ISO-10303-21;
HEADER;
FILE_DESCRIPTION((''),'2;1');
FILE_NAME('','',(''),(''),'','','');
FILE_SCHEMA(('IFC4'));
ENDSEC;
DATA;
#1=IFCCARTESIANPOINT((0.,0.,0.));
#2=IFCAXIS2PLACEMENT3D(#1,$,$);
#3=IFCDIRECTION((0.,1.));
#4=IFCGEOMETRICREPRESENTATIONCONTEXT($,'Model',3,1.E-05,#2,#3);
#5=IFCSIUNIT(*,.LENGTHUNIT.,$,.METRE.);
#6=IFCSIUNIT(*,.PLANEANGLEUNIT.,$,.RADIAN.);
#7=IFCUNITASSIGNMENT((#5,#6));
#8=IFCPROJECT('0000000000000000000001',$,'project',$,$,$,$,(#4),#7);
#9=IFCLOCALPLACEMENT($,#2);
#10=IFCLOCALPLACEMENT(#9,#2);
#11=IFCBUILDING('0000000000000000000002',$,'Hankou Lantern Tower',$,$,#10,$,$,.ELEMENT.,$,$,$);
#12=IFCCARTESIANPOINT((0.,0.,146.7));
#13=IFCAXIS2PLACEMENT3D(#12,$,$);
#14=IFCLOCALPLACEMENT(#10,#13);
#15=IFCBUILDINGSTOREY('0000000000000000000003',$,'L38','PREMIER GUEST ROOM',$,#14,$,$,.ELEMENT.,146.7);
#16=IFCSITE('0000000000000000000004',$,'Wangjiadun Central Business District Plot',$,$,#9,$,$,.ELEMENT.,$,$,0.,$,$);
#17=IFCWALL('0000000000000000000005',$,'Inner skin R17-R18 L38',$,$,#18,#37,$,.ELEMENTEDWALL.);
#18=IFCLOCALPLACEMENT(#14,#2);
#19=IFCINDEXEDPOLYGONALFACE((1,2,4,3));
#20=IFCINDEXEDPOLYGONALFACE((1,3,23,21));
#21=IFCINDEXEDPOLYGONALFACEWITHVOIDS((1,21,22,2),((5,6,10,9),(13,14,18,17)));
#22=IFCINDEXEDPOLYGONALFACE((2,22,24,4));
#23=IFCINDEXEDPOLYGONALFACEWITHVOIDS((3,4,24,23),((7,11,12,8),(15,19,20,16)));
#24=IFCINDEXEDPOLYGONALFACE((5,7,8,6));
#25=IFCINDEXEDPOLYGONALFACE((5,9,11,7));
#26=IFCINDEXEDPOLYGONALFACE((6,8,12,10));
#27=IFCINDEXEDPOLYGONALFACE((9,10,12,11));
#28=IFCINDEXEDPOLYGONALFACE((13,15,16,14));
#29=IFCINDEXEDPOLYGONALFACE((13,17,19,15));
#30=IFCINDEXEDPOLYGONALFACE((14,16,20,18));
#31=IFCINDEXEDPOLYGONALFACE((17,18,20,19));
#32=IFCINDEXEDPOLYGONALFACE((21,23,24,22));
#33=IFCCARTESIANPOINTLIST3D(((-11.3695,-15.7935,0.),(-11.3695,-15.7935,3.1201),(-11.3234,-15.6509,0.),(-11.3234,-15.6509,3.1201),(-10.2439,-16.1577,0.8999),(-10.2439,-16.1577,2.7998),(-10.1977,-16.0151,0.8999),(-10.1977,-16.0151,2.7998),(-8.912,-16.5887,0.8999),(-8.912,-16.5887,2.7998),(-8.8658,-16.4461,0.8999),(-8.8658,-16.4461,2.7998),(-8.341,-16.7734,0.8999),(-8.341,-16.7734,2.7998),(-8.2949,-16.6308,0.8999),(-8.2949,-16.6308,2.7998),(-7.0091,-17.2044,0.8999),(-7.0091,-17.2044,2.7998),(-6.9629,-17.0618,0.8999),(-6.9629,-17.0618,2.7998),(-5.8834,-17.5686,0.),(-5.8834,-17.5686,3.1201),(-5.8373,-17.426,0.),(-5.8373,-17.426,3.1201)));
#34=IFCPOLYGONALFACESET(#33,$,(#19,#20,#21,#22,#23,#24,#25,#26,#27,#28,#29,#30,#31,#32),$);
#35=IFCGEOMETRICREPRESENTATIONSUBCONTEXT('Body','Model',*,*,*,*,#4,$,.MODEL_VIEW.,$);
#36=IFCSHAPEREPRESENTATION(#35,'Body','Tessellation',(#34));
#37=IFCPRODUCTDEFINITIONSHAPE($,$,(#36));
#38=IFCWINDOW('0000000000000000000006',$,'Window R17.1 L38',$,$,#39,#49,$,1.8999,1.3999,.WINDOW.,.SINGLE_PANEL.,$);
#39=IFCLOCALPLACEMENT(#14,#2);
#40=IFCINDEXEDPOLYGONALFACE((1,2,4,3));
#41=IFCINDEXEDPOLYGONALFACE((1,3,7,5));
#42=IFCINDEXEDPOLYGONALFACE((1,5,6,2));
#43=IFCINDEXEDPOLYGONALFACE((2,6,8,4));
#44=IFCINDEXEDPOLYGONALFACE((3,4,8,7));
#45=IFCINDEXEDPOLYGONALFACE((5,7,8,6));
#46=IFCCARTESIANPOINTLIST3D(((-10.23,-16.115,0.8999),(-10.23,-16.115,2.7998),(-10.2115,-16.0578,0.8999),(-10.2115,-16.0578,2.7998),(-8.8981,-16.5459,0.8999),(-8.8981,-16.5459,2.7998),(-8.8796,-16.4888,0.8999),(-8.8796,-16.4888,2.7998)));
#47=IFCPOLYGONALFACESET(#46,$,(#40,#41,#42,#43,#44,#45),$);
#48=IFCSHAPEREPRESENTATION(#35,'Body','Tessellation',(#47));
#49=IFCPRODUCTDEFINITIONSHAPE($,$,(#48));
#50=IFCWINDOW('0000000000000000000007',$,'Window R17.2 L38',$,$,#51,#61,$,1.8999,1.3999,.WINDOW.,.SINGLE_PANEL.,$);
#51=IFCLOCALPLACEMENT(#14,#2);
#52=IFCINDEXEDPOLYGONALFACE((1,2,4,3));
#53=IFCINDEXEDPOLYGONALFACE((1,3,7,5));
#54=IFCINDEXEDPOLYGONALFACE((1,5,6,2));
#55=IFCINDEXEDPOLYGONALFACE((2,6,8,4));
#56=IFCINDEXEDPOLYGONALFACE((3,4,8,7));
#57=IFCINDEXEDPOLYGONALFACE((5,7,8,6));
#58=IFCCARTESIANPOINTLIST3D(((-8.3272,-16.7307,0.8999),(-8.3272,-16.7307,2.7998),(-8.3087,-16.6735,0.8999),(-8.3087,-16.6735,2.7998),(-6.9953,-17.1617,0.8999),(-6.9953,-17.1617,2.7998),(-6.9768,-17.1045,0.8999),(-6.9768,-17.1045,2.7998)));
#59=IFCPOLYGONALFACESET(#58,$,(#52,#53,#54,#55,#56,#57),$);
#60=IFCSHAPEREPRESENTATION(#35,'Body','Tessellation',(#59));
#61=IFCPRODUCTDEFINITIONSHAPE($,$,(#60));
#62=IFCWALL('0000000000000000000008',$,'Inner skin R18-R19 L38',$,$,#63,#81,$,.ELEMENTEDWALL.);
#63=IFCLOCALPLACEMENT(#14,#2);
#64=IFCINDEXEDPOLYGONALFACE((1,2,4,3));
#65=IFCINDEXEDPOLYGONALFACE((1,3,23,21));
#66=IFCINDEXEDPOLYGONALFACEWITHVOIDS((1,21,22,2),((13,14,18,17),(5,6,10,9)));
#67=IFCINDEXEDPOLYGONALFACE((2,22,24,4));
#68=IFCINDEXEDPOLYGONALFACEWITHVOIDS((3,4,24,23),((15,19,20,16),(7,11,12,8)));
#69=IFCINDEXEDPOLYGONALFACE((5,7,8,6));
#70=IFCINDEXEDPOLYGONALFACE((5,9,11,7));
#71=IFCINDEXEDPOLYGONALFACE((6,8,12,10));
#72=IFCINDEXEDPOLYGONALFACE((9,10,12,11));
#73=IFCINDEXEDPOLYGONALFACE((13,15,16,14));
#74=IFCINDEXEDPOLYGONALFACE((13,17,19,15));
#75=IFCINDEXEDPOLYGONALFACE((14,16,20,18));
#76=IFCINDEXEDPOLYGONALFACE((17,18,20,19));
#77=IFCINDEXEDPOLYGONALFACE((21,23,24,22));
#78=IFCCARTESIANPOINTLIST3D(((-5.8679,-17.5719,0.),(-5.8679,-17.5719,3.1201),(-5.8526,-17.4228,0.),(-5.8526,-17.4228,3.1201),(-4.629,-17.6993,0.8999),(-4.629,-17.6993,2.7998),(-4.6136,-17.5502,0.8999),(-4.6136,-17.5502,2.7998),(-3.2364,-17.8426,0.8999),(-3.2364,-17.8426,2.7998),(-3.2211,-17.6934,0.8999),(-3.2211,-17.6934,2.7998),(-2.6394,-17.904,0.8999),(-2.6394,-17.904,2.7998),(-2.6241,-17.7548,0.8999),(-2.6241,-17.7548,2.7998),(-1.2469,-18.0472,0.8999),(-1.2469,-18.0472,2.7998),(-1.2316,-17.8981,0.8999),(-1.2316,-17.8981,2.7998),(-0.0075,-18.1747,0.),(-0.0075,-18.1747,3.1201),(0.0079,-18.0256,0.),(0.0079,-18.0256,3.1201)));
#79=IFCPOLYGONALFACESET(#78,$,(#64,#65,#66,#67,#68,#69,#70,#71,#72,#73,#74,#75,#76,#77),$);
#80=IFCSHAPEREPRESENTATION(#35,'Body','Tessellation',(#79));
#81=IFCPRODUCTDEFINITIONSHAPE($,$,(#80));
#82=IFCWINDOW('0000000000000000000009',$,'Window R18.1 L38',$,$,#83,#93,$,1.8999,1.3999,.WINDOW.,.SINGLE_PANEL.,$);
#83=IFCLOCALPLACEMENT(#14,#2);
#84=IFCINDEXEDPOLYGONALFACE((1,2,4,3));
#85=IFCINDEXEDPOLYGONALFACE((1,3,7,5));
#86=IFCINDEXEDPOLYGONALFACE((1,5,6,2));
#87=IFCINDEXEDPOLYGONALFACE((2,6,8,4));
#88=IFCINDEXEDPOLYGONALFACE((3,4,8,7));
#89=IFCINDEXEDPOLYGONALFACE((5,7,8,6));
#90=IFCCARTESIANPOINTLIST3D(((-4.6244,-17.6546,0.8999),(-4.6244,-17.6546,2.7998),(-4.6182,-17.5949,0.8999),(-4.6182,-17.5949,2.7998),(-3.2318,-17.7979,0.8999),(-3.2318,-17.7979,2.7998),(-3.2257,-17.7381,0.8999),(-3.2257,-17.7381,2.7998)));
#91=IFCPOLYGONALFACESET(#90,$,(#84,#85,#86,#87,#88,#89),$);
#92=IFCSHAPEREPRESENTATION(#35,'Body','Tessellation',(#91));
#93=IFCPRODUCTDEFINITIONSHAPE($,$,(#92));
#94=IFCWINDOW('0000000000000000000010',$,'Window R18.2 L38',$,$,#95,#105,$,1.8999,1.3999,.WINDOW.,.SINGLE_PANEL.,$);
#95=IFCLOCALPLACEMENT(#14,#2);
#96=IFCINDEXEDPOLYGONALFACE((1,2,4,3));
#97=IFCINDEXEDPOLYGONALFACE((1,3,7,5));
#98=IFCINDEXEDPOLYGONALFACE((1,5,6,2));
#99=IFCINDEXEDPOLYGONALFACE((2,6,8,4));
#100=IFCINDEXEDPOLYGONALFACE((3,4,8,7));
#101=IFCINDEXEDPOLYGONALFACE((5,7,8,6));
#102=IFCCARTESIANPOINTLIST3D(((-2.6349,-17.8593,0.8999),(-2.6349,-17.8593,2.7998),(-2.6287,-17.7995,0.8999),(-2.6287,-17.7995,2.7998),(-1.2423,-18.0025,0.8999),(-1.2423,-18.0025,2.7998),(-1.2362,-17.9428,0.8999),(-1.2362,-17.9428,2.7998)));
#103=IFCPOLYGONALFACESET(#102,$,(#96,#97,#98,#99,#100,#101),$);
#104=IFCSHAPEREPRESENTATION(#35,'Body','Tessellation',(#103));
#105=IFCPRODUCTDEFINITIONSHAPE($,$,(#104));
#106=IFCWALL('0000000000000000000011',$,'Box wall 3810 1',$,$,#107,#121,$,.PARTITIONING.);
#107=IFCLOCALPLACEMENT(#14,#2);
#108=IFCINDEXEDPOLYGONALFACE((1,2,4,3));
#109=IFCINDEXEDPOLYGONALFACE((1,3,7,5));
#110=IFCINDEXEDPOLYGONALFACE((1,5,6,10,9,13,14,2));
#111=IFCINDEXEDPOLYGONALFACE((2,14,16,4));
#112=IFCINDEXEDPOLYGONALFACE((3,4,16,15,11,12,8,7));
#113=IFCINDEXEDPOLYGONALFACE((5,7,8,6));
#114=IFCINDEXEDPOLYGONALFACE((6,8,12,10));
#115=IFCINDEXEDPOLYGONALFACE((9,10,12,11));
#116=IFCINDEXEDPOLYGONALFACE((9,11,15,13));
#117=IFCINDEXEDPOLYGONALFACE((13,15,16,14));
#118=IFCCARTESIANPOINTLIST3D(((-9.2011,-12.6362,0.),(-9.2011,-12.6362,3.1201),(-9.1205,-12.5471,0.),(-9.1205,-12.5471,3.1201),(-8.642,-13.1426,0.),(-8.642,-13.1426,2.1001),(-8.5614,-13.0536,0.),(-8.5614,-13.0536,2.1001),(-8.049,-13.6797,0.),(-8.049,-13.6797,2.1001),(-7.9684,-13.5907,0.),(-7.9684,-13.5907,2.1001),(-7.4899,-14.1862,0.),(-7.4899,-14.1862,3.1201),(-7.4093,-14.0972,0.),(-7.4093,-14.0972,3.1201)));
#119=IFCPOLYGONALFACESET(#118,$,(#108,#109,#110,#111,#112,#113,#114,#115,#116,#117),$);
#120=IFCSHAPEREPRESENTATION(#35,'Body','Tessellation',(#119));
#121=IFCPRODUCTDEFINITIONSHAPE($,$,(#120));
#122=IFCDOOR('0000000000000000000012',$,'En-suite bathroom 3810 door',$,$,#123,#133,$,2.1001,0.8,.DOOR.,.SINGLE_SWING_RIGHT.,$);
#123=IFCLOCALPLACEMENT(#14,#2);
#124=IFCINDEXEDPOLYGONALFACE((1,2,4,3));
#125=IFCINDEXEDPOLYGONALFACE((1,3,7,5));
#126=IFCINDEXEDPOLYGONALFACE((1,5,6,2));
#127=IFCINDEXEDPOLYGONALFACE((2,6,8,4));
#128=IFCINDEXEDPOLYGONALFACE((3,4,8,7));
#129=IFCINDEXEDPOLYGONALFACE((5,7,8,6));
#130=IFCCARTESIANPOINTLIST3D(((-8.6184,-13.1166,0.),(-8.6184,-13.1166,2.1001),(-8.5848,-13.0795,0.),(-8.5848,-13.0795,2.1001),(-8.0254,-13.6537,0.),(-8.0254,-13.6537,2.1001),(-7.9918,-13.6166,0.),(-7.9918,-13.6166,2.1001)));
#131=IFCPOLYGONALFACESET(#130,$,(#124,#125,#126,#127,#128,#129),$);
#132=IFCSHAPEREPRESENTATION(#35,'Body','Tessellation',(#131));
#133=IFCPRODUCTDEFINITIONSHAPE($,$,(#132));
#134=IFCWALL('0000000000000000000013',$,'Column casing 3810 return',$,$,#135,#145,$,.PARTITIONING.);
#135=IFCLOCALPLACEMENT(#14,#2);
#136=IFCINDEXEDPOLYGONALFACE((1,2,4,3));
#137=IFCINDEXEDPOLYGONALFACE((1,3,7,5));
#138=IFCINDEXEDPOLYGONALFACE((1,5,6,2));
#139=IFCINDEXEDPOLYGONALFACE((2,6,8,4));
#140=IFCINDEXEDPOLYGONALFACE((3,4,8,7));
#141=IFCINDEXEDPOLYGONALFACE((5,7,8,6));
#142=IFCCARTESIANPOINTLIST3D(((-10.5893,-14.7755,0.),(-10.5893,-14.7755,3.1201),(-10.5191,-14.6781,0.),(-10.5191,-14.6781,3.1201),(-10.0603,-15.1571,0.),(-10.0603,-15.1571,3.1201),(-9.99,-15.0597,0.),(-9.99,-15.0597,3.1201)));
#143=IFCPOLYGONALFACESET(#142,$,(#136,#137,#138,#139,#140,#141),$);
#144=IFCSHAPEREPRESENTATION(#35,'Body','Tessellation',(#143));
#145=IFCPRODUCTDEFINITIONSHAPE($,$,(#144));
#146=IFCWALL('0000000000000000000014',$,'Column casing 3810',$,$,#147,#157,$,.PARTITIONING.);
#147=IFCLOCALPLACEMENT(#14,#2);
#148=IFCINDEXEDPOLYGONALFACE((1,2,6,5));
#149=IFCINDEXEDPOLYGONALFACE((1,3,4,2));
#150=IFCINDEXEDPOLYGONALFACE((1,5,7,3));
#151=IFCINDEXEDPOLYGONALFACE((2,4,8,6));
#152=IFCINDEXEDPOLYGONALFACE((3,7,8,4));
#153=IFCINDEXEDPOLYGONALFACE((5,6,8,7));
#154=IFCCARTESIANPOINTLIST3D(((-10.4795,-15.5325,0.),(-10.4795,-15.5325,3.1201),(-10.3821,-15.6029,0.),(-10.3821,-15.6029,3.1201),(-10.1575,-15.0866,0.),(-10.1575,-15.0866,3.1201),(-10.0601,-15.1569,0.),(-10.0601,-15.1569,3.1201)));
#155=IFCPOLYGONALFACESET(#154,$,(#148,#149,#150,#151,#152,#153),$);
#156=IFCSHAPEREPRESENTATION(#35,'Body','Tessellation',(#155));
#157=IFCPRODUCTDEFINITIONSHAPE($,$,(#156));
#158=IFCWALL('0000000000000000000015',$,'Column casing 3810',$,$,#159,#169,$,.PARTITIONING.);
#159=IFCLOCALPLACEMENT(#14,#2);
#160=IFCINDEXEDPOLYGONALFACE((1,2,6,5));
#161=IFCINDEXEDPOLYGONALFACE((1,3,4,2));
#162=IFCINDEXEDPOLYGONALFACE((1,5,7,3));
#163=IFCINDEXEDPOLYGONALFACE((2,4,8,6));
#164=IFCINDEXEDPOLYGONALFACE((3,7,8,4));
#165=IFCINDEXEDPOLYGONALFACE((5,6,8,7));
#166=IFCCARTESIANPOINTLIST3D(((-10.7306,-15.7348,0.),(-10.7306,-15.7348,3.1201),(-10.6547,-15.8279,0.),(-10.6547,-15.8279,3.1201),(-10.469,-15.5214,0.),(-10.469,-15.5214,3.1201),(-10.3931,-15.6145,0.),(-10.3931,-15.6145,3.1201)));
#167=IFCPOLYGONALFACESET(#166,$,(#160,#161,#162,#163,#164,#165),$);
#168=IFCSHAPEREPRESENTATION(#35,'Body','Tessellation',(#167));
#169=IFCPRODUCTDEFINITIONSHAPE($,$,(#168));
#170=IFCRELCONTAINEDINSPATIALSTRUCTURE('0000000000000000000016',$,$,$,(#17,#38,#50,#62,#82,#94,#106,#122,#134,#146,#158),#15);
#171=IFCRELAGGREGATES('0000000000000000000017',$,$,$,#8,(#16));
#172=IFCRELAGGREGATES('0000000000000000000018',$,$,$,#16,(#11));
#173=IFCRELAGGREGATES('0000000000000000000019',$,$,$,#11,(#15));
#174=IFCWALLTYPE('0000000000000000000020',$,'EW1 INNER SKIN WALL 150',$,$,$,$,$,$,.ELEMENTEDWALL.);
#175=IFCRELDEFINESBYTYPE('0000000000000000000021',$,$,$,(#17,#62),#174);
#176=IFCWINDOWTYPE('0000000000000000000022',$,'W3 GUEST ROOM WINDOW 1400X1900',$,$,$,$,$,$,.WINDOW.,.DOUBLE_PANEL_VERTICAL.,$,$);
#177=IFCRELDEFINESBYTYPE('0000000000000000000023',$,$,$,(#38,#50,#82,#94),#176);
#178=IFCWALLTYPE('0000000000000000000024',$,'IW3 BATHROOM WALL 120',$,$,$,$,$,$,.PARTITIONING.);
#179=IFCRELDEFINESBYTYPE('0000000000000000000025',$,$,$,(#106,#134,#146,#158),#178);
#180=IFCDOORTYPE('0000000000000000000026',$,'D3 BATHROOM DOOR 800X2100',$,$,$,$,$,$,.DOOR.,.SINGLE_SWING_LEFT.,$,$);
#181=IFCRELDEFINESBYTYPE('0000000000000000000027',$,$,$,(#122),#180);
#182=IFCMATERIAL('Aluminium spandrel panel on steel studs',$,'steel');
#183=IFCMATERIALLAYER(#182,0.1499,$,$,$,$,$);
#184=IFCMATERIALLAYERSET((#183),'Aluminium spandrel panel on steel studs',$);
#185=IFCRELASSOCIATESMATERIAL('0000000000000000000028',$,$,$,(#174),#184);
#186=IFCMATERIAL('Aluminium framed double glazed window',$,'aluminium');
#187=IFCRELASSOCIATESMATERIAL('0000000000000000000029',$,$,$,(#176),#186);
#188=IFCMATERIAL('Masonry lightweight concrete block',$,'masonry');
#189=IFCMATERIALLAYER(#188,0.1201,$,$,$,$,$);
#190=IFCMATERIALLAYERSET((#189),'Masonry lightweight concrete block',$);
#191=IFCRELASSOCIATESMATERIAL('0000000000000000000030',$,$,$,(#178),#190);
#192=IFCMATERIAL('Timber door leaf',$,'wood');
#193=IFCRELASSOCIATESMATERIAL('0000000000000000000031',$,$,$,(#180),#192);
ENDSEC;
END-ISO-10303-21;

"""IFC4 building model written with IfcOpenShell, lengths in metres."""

from ifc_helpers import new_model, si_unit, direction, frame, frame_2d, origin, place, context, subcontext, project, spatial, rectangle, extrude, material, layer, layer_set, type_object, element, fill, save


model = new_model("IFC4")

# Units and contexts
model_context = context("Model", 3, precision=1e-05, world=origin(), true_north=direction((0.0, 1.0)))
body_context = subcontext(model_context, "Body", "Model", "MODEL_VIEW")
ifc_project = project(units=[si_unit("LENGTHUNIT", "METRE"), si_unit("PLANEANGLEUNIT", "RADIAN")], contexts=[model_context])

# Site, building, storey
site_placement = place(None, origin())
site = spatial("IfcSite", under=ifc_project, at=site_placement, Name="Wangjiadun Central Business District Plot", CompositionType="ELEMENT", RefElevation=0.0)
building_placement = place(site_placement, origin())
building = spatial("IfcBuilding", under=site, at=building_placement, Name="Hankou Lantern Tower", CompositionType="ELEMENT")
storey_placement = place(building_placement, frame((0.0, 0.0, 146.7)))
storey = spatial("IfcBuildingStorey", under=building, at=storey_placement, Name="L38", Description="PREMIER GUEST ROOM", CompositionType="ELEMENT", Elevation=146.7)

# Walls, openings, windows
ifc_material_1 = material(Name="Aluminium spandrel panel on steel studs", Category="steel")
ifc_layer_1 = layer(ifc_material_1, 0.1499)
ifc_layer_set_1 = layer_set([ifc_layer_1], Name="Aluminium spandrel panel on steel studs")
wall_type_1 = type_object("IfcWallType", Name="EW1 INNER SKIN WALL 150", PredefinedType="ELEMENTEDWALL", material=ifc_layer_set_1)
wall_1_placement = place(storey_placement, frame((-11.3464, -15.7222, 0.0), z_axis=(0.0, 0.0, 1.0), x_axis=(0.951432, -0.307857, 0.0)))
wall_1 = element("IfcWall", 1, at=wall_1_placement, inside=storey, type_object=wall_type_1, Name="Inner skin R17-R18 L38", PredefinedType="ELEMENTEDWALL", context=body_context, shape_type="SweptSolid", body=[
    extrude(rectangle(XDim=5.7661, YDim=0.1499, at=frame_2d((2.8831, 0.0))), origin(), (0.0, 0.0, 1.0), 3.1201),
])
opening_1_placement = place(wall_1_placement, frame((1.1831, 0.0, 0.8999)))
opening_1 = element("IfcOpeningElement", 2, at=opening_1_placement, cuts=wall_1, PredefinedType="OPENING", context=body_context, shape_type="SweptSolid", body=[
    extrude(rectangle(XDim=1.3999, YDim=1.8999, at=frame_2d((0.7, 0.95))), frame((0.0, 0.085, 0.0), z_axis=(0.0, -1.0, 0.0), x_axis=(1.0, 0.0, 0.0)), (0.0, 0.0, 1.0), 0.1699),
])
opening_2_placement = place(wall_1_placement, frame((3.1831, 0.0, 0.8999)))
opening_2 = element("IfcOpeningElement", 3, at=opening_2_placement, cuts=wall_1, PredefinedType="OPENING", context=body_context, shape_type="SweptSolid", body=[
    extrude(rectangle(XDim=1.3999, YDim=1.8999, at=frame_2d((0.7, 0.95))), frame((0.0, 0.085, 0.0), z_axis=(0.0, -1.0, 0.0), x_axis=(1.0, 0.0, 0.0)), (0.0, 0.0, 1.0), 0.1699),
])
ifc_material_2 = material(Name="Aluminium framed double glazed window", Category="aluminium")
window_type = type_object("IfcWindowType", Name="W3 GUEST ROOM WINDOW 1400X1900", PartitioningType="DOUBLE_PANEL_VERTICAL", PredefinedType="WINDOW", material=ifc_material_2)
window_1_placement = place(opening_1_placement, origin())
window_1 = element("IfcWindow", 4, at=window_1_placement, inside=storey, type_object=window_type, Name="Window R17.1 L38", OverallHeight=1.8999, OverallWidth=1.3999, PartitioningType="SINGLE_PANEL", PredefinedType="WINDOW", context=body_context, shape_type="SweptSolid", body=[
    extrude(rectangle(XDim=1.3999, YDim=1.8999, at=frame_2d((0.7, 0.95))), frame((0.0, 0.03, 0.0), z_axis=(0.0, -1.0, 0.0), x_axis=(1.0, 0.0, 0.0)), (0.0, 0.0, 1.0), 0.0601),
])
fill(opening_1, window_1)
window_2_placement = place(opening_2_placement, origin())
window_2 = element("IfcWindow", 5, at=window_2_placement, inside=storey, type_object=window_type, Name="Window R17.2 L38", OverallHeight=1.8999, OverallWidth=1.3999, PartitioningType="SINGLE_PANEL", PredefinedType="WINDOW", context=body_context, shape_type="SweptSolid", body=[
    extrude(rectangle(XDim=1.3999, YDim=1.8999, at=frame_2d((0.7, 0.95))), frame((0.0, 0.03, 0.0), z_axis=(0.0, -1.0, 0.0), x_axis=(1.0, 0.0, 0.0)), (0.0, 0.0, 1.0), 0.0601),
])
fill(opening_2, window_2)
wall_2_placement = place(storey_placement, frame((-5.8604, -17.4973, 0.0), z_axis=(0.0, 0.0, 1.0), x_axis=(0.994752, -0.102318, 0.0)))
wall_2 = element("IfcWall", 6, at=wall_2_placement, inside=storey, type_object=wall_type_1, Name="Inner skin R18-R19 L38", PredefinedType="ELEMENTEDWALL", context=body_context, shape_type="SweptSolid", body=[
    extrude(rectangle(XDim=5.8914, YDim=0.1499, at=frame_2d((2.9458, 0.0))), origin(), (0.0, 0.0, 1.0), 3.1201),
])
opening_3_placement = place(wall_2_placement, frame((1.2456, 0.0, 0.8999)))
opening_3 = element("IfcOpeningElement", 7, at=opening_3_placement, cuts=wall_2, PredefinedType="OPENING", context=body_context, shape_type="SweptSolid", body=[
    extrude(rectangle(XDim=1.3999, YDim=1.8999, at=frame_2d((0.7, 0.95))), frame((0.0, 0.085, 0.0), z_axis=(0.0, -1.0, 0.0), x_axis=(1.0, 0.0, 0.0)), (0.0, 0.0, 1.0), 0.1699),
])
opening_4_placement = place(wall_2_placement, frame((3.2456, 0.0, 0.8999)))
opening_4 = element("IfcOpeningElement", 8, at=opening_4_placement, cuts=wall_2, PredefinedType="OPENING", context=body_context, shape_type="SweptSolid", body=[
    extrude(rectangle(XDim=1.3999, YDim=1.8999, at=frame_2d((0.7, 0.95))), frame((0.0, 0.085, 0.0), z_axis=(0.0, -1.0, 0.0), x_axis=(1.0, 0.0, 0.0)), (0.0, 0.0, 1.0), 0.1699),
])
window_3_placement = place(opening_3_placement, origin())
window_3 = element("IfcWindow", 9, at=window_3_placement, inside=storey, type_object=window_type, Name="Window R18.1 L38", OverallHeight=1.8999, OverallWidth=1.3999, PartitioningType="SINGLE_PANEL", PredefinedType="WINDOW", context=body_context, shape_type="SweptSolid", body=[
    extrude(rectangle(XDim=1.3999, YDim=1.8999, at=frame_2d((0.7, 0.95))), frame((0.0, 0.03, 0.0), z_axis=(0.0, -1.0, 0.0), x_axis=(1.0, 0.0, 0.0)), (0.0, 0.0, 1.0), 0.0601),
])
fill(opening_3, window_3)
window_4_placement = place(opening_4_placement, origin())
window_4 = element("IfcWindow", 10, at=window_4_placement, inside=storey, type_object=window_type, Name="Window R18.2 L38", OverallHeight=1.8999, OverallWidth=1.3999, PartitioningType="SINGLE_PANEL", PredefinedType="WINDOW", context=body_context, shape_type="SweptSolid", body=[
    extrude(rectangle(XDim=1.3999, YDim=1.8999, at=frame_2d((0.7, 0.95))), frame((0.0, 0.03, 0.0), z_axis=(0.0, -1.0, 0.0), x_axis=(1.0, 0.0, 0.0)), (0.0, 0.0, 1.0), 0.0601),
])
fill(opening_4, window_4)

# Wall, opening, door
ifc_material_3 = material(Name="Masonry lightweight concrete block", Category="masonry")
ifc_layer_2 = layer(ifc_material_3, 0.1201)
ifc_layer_set_2 = layer_set([ifc_layer_2], Name="Masonry lightweight concrete block")
wall_type_2 = type_object("IfcWallType", Name="IW3 BATHROOM WALL 120", PredefinedType="PARTITIONING", material=ifc_layer_set_2)
wall_3_placement = place(storey_placement, frame((-7.4497, -14.1416, 0.0), z_axis=(0.0, 0.0, 1.0), x_axis=(-0.74114, 0.671351, 0.0)))
wall_3 = element("IfcWall", 11, at=wall_3_placement, inside=storey, type_object=wall_type_2, Name="Box wall 3810 1", PredefinedType="PARTITIONING", context=body_context, shape_type="SweptSolid", body=[
    extrude(rectangle(XDim=2.3088, YDim=0.1201, at=frame_2d((1.1543, 0.0))), origin(), (0.0, 0.0, 1.0), 3.1201),
])
opening_5_placement = place(wall_3_placement, frame((0.7544, 0.0, 0.0)))
opening_5 = element("IfcOpeningElement", 12, at=opening_5_placement, cuts=wall_3, PredefinedType="OPENING", context=body_context, shape_type="SweptSolid", body=[
    extrude(rectangle(XDim=0.8, YDim=2.1001, at=frame_2d((0.3999, 1.05))), frame((0.0, 0.0701, 0.0), z_axis=(0.0, -1.0, 0.0), x_axis=(1.0, 0.0, 0.0)), (0.0, 0.0, 1.0), 0.1401),
])
ifc_material_4 = material(Name="Timber door leaf", Category="wood")
door_type = type_object("IfcDoorType", Name="D3 BATHROOM DOOR 800X2100", OperationType="SINGLE_SWING_LEFT", PredefinedType="DOOR", material=ifc_material_4)
door_1_placement = place(opening_5_placement, origin())
door_1 = element("IfcDoor", 13, at=door_1_placement, inside=storey, type_object=door_type, Name="En-suite bathroom 3810 door", OperationType="SINGLE_SWING_RIGHT", OverallHeight=2.1001, OverallWidth=0.8, PredefinedType="DOOR", context=body_context, shape_type="SweptSolid", body=[
    extrude(rectangle(XDim=0.8, YDim=2.1001, at=frame_2d((0.3999, 1.05))), frame((0.0, 0.0249, 0.0), z_axis=(0.0, -1.0, 0.0), x_axis=(1.0, 0.0, 0.0)), (0.0, 0.0, 1.0), 0.05),
])
fill(opening_5, door_1)

# Walls
wall_4_placement = place(storey_placement, frame((-10.5542, -14.7268, 0.0), z_axis=(0.0, 0.0, 1.0), x_axis=(0.811044, -0.584985, 0.0)))
element("IfcWall", 14, at=wall_4_placement, inside=storey, type_object=wall_type_2, Name="Column casing 3810 return", PredefinedType="PARTITIONING", context=body_context, shape_type="SweptSolid", body=[
    extrude(rectangle(XDim=0.6523, YDim=0.1201, at=frame_2d((0.3262, 0.0))), origin(), (0.0, 0.0, 1.0), 3.1201),
])
wall_5_placement = place(storey_placement, frame((-10.1089, -15.1218, 0.0), z_axis=(0.0, 0.0, 1.0), x_axis=(-0.585345, -0.810785, 0.0)))
element("IfcWall", 15, at=wall_5_placement, inside=storey, type_object=wall_type_2, Name="Column casing 3810", PredefinedType="PARTITIONING", context=body_context, shape_type="SweptSolid", body=[
    extrude(rectangle(XDim=0.55, YDim=0.1201, at=frame_2d((0.2749, 0.0))), origin(), (0.0, 0.0, 1.0), 3.1201),
])
wall_6_placement = place(storey_placement, frame((-10.4309, -15.5679, 0.0), z_axis=(0.0, 0.0, 1.0), x_axis=(-0.775051, -0.631898, 0.0)))
element("IfcWall", 16, at=wall_6_placement, inside=storey, type_object=wall_type_2, Name="Column casing 3810", PredefinedType="PARTITIONING", context=body_context, shape_type="SweptSolid", body=[
    extrude(rectangle(XDim=0.3376, YDim=0.1201, at=frame_2d((0.1689, 0.0))), origin(), (0.0, 0.0, 1.0), 3.1201),
])

save(model, "model.ifc")
